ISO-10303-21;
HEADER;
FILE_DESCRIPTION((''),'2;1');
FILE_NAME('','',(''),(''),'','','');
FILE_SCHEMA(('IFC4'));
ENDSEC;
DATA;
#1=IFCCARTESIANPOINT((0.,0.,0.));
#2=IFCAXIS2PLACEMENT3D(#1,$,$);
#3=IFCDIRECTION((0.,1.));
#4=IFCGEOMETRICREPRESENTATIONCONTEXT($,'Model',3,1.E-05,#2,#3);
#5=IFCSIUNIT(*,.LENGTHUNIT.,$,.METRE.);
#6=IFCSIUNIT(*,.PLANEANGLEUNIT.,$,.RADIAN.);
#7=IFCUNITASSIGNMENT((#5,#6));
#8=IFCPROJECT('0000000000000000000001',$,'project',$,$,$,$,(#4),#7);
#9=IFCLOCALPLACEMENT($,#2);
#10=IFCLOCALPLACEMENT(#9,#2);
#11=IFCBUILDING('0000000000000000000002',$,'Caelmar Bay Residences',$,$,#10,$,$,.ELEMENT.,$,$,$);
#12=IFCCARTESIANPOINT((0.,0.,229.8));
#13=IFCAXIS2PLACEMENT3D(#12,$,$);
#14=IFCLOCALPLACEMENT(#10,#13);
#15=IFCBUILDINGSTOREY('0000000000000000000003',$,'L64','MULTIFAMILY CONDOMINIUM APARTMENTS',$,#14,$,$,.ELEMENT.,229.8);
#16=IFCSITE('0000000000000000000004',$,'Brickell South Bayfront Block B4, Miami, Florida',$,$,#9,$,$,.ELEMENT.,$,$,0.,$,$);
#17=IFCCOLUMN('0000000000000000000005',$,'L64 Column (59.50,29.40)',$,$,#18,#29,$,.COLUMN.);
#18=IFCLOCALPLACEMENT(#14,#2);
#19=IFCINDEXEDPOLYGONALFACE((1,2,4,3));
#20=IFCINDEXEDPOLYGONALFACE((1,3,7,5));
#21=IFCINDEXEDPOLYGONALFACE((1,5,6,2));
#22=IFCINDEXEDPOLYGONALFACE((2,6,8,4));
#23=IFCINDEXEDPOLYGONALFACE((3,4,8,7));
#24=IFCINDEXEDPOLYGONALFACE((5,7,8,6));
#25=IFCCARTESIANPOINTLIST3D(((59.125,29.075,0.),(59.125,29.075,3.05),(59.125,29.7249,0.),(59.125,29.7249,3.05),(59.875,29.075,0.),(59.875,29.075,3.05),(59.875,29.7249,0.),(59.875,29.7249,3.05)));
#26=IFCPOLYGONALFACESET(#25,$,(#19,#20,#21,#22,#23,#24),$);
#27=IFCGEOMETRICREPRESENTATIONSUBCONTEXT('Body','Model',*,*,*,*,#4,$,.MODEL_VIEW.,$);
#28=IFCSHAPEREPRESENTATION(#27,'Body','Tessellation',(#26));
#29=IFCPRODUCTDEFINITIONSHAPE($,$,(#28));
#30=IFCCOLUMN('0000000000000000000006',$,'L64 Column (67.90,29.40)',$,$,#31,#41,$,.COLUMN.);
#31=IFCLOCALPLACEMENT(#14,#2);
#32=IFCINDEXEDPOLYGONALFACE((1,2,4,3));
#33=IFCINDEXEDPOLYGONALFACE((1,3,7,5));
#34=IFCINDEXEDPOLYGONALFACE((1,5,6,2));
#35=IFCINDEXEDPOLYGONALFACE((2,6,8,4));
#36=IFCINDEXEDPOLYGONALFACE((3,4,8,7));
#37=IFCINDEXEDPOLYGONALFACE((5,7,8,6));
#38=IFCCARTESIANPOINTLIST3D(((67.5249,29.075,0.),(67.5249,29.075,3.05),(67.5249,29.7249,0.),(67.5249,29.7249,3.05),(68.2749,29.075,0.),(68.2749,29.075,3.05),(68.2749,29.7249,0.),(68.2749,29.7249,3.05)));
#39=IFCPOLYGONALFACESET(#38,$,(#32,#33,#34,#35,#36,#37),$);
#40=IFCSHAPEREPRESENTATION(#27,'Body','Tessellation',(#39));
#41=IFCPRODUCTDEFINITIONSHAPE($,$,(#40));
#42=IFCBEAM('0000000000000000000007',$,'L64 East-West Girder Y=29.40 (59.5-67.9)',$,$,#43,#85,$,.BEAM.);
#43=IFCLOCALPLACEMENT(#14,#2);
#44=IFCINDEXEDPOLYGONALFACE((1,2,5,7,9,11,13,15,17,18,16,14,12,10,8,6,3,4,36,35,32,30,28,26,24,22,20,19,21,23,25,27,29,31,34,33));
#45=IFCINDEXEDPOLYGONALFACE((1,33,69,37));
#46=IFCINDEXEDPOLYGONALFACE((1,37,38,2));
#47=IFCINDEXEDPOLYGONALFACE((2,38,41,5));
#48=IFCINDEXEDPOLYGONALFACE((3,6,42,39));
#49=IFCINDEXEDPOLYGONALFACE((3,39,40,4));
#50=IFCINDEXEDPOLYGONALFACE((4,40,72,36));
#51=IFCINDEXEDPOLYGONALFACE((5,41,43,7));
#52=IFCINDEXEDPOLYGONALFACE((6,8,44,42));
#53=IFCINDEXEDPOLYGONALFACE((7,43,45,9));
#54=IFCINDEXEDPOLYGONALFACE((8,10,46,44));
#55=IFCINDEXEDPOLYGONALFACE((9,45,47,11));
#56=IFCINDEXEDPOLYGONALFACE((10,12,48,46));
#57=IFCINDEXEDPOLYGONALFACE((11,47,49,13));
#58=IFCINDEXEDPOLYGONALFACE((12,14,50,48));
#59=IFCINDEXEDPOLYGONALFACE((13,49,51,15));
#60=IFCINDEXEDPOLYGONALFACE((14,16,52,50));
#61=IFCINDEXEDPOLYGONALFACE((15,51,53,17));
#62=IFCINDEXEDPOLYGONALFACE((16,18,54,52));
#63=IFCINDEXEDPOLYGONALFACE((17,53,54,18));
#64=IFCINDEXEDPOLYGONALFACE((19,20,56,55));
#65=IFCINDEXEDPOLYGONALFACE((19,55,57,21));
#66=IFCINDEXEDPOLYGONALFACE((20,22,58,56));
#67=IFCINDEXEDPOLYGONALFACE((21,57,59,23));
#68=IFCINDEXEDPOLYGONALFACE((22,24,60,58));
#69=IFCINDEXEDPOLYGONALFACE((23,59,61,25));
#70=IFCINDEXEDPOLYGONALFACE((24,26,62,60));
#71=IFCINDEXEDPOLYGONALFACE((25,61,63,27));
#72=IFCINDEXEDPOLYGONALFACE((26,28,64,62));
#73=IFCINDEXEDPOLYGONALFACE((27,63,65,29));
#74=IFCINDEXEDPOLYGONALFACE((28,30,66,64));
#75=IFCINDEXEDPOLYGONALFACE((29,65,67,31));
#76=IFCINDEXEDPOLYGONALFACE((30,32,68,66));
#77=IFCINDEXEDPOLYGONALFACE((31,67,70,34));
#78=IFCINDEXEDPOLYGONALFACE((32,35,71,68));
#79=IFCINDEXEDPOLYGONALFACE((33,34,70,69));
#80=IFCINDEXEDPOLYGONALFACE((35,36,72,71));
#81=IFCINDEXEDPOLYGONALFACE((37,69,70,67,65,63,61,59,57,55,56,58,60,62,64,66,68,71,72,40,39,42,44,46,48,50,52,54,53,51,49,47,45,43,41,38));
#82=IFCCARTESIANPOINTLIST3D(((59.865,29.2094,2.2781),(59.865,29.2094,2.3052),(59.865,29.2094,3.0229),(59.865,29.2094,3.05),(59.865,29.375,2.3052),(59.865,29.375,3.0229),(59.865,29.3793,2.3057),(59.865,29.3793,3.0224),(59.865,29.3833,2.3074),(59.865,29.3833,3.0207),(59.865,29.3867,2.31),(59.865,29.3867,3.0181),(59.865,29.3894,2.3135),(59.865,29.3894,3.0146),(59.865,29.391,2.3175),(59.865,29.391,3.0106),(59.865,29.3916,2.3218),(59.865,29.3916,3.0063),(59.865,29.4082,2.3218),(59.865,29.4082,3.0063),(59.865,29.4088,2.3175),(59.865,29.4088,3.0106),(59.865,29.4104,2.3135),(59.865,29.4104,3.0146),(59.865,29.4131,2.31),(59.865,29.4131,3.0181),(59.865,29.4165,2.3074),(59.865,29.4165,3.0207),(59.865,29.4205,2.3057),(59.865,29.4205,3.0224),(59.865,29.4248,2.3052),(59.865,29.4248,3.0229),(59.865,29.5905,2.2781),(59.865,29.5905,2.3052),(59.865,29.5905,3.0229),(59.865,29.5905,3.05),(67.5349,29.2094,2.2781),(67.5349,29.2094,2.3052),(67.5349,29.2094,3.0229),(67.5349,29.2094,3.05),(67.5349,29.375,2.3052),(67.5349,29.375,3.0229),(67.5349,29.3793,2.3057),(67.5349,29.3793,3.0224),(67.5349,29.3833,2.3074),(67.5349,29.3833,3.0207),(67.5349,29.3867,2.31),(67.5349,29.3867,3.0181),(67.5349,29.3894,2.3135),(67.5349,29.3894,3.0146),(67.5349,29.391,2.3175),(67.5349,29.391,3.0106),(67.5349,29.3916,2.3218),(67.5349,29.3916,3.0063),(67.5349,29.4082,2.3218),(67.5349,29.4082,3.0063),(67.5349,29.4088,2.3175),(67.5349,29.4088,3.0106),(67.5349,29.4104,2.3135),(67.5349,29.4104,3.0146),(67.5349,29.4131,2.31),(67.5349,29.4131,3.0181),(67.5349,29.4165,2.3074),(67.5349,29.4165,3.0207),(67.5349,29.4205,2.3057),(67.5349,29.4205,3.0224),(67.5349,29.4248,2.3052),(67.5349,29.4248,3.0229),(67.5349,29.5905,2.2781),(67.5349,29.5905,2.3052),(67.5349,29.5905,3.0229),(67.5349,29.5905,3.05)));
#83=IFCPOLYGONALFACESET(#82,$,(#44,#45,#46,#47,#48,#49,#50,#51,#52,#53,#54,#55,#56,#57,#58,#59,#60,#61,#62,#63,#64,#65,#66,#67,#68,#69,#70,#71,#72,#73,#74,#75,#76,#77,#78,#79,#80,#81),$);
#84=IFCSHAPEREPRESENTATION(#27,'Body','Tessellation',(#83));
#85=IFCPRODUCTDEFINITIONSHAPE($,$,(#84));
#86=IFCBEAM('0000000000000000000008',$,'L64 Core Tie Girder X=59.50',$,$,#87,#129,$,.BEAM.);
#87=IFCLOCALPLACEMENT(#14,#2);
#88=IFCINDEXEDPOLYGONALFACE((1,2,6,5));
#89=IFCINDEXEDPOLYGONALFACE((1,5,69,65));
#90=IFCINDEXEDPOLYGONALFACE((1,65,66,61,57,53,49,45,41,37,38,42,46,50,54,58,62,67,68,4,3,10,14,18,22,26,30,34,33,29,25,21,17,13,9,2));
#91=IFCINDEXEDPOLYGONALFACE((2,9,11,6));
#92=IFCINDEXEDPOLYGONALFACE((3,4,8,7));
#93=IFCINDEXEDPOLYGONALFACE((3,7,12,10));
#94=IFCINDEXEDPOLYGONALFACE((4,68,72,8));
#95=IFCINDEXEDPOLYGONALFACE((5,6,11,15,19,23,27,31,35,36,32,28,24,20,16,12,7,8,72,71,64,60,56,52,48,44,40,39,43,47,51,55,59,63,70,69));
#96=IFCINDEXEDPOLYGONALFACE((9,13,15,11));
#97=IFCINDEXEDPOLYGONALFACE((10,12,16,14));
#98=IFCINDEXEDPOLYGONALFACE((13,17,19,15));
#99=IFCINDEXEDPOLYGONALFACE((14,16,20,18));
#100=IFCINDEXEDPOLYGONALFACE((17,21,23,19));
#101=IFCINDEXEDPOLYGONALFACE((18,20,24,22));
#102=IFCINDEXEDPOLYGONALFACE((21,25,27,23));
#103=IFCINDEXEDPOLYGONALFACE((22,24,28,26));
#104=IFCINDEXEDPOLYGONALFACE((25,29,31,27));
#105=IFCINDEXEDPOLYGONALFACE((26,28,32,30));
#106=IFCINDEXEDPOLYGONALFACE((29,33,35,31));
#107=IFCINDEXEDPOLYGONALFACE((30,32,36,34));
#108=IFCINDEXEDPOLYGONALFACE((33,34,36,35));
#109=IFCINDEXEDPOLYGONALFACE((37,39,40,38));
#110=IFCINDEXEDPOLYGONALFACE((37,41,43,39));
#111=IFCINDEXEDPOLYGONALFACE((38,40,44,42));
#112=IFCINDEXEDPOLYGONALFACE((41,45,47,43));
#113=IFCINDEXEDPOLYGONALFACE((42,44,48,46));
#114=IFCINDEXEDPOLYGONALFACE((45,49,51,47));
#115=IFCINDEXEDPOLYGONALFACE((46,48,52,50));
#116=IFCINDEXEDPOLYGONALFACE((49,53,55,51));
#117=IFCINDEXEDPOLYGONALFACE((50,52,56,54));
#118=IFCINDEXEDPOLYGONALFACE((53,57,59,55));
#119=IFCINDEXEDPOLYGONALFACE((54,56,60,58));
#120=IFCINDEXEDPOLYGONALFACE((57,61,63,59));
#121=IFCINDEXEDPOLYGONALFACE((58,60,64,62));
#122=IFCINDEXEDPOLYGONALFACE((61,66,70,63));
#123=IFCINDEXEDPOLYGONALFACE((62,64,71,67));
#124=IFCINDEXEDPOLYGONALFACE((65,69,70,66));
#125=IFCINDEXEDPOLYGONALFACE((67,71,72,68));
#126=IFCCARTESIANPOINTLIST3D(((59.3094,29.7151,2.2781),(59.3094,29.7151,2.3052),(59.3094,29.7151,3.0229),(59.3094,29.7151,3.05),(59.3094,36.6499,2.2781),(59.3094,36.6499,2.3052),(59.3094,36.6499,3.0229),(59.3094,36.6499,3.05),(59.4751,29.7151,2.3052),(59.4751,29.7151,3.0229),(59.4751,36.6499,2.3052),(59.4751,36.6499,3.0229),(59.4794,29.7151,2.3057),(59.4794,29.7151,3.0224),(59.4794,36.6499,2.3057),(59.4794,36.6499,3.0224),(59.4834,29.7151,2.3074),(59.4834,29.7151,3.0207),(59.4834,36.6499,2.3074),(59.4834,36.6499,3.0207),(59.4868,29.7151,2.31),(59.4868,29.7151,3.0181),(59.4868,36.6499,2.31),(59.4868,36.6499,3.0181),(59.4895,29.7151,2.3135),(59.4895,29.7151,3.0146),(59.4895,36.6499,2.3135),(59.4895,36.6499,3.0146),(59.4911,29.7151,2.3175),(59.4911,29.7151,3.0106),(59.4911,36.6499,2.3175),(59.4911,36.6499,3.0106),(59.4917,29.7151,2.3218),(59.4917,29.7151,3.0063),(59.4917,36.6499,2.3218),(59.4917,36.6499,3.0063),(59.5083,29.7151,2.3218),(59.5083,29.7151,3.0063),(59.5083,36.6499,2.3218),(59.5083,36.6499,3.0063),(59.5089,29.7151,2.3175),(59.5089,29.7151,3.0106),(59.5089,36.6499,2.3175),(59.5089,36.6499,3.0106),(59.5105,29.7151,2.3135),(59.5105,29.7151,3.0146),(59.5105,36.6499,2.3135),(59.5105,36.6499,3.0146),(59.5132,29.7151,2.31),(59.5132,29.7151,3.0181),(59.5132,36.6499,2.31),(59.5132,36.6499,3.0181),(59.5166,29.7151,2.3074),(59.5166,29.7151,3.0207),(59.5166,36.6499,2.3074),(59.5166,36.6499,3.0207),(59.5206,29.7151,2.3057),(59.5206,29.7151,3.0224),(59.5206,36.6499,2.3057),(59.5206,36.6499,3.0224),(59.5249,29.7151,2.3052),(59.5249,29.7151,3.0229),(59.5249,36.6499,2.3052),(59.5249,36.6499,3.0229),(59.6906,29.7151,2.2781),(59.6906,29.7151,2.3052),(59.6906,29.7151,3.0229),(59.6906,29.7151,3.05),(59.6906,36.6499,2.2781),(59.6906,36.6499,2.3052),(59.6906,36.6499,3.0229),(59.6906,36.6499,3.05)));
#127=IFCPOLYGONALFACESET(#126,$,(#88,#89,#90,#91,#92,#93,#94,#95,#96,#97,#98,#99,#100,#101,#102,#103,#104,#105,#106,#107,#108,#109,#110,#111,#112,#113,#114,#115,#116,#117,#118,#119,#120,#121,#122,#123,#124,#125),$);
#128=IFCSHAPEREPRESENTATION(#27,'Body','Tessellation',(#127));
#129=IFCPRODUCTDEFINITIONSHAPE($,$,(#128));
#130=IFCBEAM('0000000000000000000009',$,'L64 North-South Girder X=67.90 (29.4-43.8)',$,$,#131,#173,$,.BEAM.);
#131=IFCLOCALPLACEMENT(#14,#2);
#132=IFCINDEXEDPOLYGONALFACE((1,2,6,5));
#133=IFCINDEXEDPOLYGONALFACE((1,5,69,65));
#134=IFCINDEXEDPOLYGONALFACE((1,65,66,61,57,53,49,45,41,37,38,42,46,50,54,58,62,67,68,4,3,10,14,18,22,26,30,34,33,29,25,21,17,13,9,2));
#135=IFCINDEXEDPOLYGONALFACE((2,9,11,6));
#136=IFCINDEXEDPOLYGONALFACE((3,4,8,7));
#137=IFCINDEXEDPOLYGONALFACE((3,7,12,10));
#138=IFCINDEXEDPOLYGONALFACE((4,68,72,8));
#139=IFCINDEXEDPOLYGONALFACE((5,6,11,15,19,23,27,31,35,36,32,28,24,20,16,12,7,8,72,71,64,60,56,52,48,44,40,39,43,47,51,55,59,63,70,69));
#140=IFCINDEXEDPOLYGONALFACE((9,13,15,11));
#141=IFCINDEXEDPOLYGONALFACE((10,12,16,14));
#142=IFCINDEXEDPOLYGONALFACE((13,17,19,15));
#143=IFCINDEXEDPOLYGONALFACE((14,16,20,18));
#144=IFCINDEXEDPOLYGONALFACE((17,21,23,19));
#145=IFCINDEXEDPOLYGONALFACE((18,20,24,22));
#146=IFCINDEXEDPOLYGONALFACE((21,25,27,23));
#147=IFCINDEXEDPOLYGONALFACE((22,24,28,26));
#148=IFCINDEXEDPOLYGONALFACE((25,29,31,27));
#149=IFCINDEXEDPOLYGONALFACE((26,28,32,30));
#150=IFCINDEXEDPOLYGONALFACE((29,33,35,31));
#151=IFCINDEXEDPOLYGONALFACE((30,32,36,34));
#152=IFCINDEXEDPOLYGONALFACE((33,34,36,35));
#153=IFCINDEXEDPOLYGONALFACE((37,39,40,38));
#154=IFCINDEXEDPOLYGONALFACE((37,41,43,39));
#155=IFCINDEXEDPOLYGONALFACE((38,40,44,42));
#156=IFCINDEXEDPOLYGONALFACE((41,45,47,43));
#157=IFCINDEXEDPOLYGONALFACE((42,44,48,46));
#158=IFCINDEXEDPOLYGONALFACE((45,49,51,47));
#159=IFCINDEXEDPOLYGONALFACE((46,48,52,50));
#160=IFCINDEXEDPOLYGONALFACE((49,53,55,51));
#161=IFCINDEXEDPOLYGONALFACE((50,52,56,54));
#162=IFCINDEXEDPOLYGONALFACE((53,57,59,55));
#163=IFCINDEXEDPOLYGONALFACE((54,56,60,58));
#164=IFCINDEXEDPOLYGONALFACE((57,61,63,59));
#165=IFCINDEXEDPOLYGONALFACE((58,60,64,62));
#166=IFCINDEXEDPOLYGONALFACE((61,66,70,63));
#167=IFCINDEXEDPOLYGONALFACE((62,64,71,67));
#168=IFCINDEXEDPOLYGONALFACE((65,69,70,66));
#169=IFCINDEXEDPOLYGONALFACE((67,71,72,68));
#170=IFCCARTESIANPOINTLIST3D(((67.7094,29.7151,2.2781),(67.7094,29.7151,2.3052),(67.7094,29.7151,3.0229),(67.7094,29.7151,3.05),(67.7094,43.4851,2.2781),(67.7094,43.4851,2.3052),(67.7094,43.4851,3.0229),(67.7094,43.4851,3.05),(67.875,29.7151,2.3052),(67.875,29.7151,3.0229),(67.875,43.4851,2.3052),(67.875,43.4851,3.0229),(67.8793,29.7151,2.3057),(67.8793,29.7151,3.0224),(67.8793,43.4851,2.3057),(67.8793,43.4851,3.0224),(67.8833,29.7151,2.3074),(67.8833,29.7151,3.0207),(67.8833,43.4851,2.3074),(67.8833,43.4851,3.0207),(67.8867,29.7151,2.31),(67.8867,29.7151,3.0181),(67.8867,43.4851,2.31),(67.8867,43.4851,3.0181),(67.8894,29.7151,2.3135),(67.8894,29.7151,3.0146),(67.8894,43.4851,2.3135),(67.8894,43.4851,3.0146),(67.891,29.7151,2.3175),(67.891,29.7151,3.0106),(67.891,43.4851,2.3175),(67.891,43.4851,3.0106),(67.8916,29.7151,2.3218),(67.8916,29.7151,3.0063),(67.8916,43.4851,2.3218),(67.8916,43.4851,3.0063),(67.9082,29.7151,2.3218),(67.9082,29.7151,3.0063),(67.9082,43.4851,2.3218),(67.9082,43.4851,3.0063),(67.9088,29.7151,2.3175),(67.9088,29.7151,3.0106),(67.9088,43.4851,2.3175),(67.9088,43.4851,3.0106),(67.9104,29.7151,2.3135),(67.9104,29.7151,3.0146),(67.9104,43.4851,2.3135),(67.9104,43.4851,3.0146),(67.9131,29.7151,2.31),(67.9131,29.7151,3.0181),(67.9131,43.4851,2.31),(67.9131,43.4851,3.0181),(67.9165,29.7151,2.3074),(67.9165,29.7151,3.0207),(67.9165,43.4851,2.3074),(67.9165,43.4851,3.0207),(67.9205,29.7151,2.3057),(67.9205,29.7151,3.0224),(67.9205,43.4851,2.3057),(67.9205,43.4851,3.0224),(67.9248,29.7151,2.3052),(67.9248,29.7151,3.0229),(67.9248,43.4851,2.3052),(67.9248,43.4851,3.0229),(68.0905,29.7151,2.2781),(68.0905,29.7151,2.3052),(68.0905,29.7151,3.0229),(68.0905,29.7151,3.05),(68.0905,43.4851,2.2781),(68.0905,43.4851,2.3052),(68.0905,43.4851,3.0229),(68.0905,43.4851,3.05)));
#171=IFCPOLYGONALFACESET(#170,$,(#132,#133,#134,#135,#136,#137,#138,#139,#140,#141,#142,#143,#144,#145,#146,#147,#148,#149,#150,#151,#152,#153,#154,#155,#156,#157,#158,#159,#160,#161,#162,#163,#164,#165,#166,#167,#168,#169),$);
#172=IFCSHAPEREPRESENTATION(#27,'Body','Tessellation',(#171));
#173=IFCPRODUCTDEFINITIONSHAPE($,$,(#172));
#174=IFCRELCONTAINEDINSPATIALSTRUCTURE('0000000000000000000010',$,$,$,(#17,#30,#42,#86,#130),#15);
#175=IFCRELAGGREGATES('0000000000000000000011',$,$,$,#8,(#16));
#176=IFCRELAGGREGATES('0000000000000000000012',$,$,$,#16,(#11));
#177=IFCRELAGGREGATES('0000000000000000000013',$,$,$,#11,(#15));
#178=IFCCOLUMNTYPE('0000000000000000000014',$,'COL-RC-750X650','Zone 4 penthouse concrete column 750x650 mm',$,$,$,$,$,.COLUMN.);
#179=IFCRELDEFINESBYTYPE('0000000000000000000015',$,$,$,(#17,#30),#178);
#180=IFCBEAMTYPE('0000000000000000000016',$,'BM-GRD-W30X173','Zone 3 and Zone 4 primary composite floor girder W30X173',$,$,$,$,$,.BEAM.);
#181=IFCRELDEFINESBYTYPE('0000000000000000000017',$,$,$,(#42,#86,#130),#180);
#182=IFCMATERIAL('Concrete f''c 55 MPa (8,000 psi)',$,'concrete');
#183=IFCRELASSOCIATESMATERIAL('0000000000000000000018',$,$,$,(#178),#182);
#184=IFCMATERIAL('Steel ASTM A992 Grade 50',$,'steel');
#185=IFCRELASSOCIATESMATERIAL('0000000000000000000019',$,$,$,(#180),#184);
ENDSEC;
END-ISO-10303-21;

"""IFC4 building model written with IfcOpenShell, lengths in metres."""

from ifc_helpers import new_model, si_unit, direction, frame, origin, origin_2d, place, context, subcontext, project, spatial, rectangle, i_section, extrude, material, material_profile, profile_set, type_object, element, save


model = new_model("IFC4")

# Units and contexts
model_context = context("Model", 3, precision=1e-05, world=origin(), true_north=direction((0.0, 1.0)))
body_context = subcontext(model_context, "Body", "Model", "MODEL_VIEW")
ifc_project = project(units=[si_unit("LENGTHUNIT", "METRE"), si_unit("PLANEANGLEUNIT", "RADIAN")], contexts=[model_context])

# Site, building, storey
site_placement = place(None, origin())
site = spatial("IfcSite", under=ifc_project, at=site_placement, Name="Brickell South Bayfront Block B4, Miami, Florida", CompositionType="ELEMENT", RefElevation=0.0)
building_placement = place(site_placement, origin())
building = spatial("IfcBuilding", under=site, at=building_placement, Name="Caelmar Bay Residences", CompositionType="ELEMENT")
storey_placement = place(building_placement, frame((0.0, 0.0, 229.8)))
storey = spatial("IfcBuildingStorey", under=building, at=storey_placement, Name="L64", Description="MULTIFAMILY CONDOMINIUM APARTMENTS", CompositionType="ELEMENT", Elevation=229.8)

# Columns
ifc_material_1 = material(Name="Concrete f'c 55 MPa (8,000 psi)", Category="concrete")
ifc_material_profile_1 = material_profile(ifc_material_1, rectangle(XDim=0.75, YDim=0.6499, at=origin_2d()), Name="RC-COL-750X650")
ifc_profile_set_1 = profile_set([ifc_material_profile_1], Name="Concrete f'c 55 MPa (8,000 psi)")
column_type = type_object("IfcColumnType", Name="COL-RC-750X650", Description="Zone 4 penthouse concrete column 750x650 mm", PredefinedType="COLUMN", material=ifc_profile_set_1)
for number, where, z_axis, x_axis, name in (
    (1, (59.5, 29.3999, 0.0), (0.0, 0.0, 1.0), (1.0, 0.0, 0.0), "L64 Column (59.50,29.40)"),
    (2, (67.8999, 29.3999, 0.0), (0.0, 0.0, 1.0), (1.0, 0.0, 0.0), "L64 Column (67.90,29.40)"),
):
    element("IfcColumn", number, at=place(storey_placement, frame(where, z_axis=z_axis, x_axis=x_axis)), inside=storey, type_object=column_type, Name=name, PredefinedType="COLUMN", context=body_context, shape_type="SweptSolid", body=[
        extrude(rectangle(XDim=0.75, YDim=0.6499, at=origin_2d()), origin(), (0.0, 0.0, 1.0), 3.05),
    ])

# Beams
ifc_material_2 = material(Name="Steel ASTM A992 Grade 50", Category="steel")
ifc_material_profile_2 = material_profile(ifc_material_2, i_section(OverallWidth=0.3811, OverallDepth=0.772, WebThickness=0.0166, FlangeThickness=0.0271, FilletRadius=0.0166, at=origin_2d()), Name="W30X173")
ifc_profile_set_2 = profile_set([ifc_material_profile_2], Name="Steel ASTM A992 Grade 50")
beam_type_1 = type_object("IfcBeamType", Name="BM-GRD-W30X173", Description="Zone 3 and Zone 4 primary composite floor girder W30X173", PredefinedType="BEAM", material=ifc_profile_set_2)
beam_1_placement = place(storey_placement, frame((59.865, 29.3999, 2.6641), z_axis=(1.0, 0.0, 0.0), x_axis=(0.0, 1.0, 0.0)))
element("IfcBeam", 3, at=beam_1_placement, inside=storey, type_object=beam_type_1, Name="L64 East-West Girder Y=29.40 (59.5-67.9)", PredefinedType="BEAM", context=body_context, shape_type="SweptSolid", body=[
    extrude(i_section(OverallWidth=0.3811, OverallDepth=0.772, WebThickness=0.0166, FlangeThickness=0.0271, FilletRadius=0.0166, at=origin_2d()), origin(), (0.0, 0.0, 1.0), 7.6699),
])
beam_2_placement = place(storey_placement, frame((59.5, 29.7151, 2.6641), z_axis=(0.0, 1.0, 0.0), x_axis=(-1.0, 0.0, 0.0)))
element("IfcBeam", 4, at=beam_2_placement, inside=storey, type_object=beam_type_1, Name="L64 Core Tie Girder X=59.50", PredefinedType="BEAM", context=body_context, shape_type="SweptSolid", body=[
    extrude(i_section(OverallWidth=0.3811, OverallDepth=0.772, WebThickness=0.0166, FlangeThickness=0.0271, FilletRadius=0.0166, at=origin_2d()), origin(), (0.0, 0.0, 1.0), 6.9348),
])
beam_3_placement = place(storey_placement, frame((67.8999, 29.7151, 2.6641), z_axis=(0.0, 1.0, 0.0), x_axis=(-1.0, 0.0, 0.0)))
element("IfcBeam", 5, at=beam_3_placement, inside=storey, type_object=beam_type_1, Name="L64 North-South Girder X=67.90 (29.4-43.8)", PredefinedType="BEAM", context=body_context, shape_type="SweptSolid", body=[
    extrude(i_section(OverallWidth=0.3811, OverallDepth=0.772, WebThickness=0.0166, FlangeThickness=0.0271, FilletRadius=0.0166, at=origin_2d()), origin(), (0.0, 0.0, 1.0), 13.77),
])

save(model, "model.ifc")
